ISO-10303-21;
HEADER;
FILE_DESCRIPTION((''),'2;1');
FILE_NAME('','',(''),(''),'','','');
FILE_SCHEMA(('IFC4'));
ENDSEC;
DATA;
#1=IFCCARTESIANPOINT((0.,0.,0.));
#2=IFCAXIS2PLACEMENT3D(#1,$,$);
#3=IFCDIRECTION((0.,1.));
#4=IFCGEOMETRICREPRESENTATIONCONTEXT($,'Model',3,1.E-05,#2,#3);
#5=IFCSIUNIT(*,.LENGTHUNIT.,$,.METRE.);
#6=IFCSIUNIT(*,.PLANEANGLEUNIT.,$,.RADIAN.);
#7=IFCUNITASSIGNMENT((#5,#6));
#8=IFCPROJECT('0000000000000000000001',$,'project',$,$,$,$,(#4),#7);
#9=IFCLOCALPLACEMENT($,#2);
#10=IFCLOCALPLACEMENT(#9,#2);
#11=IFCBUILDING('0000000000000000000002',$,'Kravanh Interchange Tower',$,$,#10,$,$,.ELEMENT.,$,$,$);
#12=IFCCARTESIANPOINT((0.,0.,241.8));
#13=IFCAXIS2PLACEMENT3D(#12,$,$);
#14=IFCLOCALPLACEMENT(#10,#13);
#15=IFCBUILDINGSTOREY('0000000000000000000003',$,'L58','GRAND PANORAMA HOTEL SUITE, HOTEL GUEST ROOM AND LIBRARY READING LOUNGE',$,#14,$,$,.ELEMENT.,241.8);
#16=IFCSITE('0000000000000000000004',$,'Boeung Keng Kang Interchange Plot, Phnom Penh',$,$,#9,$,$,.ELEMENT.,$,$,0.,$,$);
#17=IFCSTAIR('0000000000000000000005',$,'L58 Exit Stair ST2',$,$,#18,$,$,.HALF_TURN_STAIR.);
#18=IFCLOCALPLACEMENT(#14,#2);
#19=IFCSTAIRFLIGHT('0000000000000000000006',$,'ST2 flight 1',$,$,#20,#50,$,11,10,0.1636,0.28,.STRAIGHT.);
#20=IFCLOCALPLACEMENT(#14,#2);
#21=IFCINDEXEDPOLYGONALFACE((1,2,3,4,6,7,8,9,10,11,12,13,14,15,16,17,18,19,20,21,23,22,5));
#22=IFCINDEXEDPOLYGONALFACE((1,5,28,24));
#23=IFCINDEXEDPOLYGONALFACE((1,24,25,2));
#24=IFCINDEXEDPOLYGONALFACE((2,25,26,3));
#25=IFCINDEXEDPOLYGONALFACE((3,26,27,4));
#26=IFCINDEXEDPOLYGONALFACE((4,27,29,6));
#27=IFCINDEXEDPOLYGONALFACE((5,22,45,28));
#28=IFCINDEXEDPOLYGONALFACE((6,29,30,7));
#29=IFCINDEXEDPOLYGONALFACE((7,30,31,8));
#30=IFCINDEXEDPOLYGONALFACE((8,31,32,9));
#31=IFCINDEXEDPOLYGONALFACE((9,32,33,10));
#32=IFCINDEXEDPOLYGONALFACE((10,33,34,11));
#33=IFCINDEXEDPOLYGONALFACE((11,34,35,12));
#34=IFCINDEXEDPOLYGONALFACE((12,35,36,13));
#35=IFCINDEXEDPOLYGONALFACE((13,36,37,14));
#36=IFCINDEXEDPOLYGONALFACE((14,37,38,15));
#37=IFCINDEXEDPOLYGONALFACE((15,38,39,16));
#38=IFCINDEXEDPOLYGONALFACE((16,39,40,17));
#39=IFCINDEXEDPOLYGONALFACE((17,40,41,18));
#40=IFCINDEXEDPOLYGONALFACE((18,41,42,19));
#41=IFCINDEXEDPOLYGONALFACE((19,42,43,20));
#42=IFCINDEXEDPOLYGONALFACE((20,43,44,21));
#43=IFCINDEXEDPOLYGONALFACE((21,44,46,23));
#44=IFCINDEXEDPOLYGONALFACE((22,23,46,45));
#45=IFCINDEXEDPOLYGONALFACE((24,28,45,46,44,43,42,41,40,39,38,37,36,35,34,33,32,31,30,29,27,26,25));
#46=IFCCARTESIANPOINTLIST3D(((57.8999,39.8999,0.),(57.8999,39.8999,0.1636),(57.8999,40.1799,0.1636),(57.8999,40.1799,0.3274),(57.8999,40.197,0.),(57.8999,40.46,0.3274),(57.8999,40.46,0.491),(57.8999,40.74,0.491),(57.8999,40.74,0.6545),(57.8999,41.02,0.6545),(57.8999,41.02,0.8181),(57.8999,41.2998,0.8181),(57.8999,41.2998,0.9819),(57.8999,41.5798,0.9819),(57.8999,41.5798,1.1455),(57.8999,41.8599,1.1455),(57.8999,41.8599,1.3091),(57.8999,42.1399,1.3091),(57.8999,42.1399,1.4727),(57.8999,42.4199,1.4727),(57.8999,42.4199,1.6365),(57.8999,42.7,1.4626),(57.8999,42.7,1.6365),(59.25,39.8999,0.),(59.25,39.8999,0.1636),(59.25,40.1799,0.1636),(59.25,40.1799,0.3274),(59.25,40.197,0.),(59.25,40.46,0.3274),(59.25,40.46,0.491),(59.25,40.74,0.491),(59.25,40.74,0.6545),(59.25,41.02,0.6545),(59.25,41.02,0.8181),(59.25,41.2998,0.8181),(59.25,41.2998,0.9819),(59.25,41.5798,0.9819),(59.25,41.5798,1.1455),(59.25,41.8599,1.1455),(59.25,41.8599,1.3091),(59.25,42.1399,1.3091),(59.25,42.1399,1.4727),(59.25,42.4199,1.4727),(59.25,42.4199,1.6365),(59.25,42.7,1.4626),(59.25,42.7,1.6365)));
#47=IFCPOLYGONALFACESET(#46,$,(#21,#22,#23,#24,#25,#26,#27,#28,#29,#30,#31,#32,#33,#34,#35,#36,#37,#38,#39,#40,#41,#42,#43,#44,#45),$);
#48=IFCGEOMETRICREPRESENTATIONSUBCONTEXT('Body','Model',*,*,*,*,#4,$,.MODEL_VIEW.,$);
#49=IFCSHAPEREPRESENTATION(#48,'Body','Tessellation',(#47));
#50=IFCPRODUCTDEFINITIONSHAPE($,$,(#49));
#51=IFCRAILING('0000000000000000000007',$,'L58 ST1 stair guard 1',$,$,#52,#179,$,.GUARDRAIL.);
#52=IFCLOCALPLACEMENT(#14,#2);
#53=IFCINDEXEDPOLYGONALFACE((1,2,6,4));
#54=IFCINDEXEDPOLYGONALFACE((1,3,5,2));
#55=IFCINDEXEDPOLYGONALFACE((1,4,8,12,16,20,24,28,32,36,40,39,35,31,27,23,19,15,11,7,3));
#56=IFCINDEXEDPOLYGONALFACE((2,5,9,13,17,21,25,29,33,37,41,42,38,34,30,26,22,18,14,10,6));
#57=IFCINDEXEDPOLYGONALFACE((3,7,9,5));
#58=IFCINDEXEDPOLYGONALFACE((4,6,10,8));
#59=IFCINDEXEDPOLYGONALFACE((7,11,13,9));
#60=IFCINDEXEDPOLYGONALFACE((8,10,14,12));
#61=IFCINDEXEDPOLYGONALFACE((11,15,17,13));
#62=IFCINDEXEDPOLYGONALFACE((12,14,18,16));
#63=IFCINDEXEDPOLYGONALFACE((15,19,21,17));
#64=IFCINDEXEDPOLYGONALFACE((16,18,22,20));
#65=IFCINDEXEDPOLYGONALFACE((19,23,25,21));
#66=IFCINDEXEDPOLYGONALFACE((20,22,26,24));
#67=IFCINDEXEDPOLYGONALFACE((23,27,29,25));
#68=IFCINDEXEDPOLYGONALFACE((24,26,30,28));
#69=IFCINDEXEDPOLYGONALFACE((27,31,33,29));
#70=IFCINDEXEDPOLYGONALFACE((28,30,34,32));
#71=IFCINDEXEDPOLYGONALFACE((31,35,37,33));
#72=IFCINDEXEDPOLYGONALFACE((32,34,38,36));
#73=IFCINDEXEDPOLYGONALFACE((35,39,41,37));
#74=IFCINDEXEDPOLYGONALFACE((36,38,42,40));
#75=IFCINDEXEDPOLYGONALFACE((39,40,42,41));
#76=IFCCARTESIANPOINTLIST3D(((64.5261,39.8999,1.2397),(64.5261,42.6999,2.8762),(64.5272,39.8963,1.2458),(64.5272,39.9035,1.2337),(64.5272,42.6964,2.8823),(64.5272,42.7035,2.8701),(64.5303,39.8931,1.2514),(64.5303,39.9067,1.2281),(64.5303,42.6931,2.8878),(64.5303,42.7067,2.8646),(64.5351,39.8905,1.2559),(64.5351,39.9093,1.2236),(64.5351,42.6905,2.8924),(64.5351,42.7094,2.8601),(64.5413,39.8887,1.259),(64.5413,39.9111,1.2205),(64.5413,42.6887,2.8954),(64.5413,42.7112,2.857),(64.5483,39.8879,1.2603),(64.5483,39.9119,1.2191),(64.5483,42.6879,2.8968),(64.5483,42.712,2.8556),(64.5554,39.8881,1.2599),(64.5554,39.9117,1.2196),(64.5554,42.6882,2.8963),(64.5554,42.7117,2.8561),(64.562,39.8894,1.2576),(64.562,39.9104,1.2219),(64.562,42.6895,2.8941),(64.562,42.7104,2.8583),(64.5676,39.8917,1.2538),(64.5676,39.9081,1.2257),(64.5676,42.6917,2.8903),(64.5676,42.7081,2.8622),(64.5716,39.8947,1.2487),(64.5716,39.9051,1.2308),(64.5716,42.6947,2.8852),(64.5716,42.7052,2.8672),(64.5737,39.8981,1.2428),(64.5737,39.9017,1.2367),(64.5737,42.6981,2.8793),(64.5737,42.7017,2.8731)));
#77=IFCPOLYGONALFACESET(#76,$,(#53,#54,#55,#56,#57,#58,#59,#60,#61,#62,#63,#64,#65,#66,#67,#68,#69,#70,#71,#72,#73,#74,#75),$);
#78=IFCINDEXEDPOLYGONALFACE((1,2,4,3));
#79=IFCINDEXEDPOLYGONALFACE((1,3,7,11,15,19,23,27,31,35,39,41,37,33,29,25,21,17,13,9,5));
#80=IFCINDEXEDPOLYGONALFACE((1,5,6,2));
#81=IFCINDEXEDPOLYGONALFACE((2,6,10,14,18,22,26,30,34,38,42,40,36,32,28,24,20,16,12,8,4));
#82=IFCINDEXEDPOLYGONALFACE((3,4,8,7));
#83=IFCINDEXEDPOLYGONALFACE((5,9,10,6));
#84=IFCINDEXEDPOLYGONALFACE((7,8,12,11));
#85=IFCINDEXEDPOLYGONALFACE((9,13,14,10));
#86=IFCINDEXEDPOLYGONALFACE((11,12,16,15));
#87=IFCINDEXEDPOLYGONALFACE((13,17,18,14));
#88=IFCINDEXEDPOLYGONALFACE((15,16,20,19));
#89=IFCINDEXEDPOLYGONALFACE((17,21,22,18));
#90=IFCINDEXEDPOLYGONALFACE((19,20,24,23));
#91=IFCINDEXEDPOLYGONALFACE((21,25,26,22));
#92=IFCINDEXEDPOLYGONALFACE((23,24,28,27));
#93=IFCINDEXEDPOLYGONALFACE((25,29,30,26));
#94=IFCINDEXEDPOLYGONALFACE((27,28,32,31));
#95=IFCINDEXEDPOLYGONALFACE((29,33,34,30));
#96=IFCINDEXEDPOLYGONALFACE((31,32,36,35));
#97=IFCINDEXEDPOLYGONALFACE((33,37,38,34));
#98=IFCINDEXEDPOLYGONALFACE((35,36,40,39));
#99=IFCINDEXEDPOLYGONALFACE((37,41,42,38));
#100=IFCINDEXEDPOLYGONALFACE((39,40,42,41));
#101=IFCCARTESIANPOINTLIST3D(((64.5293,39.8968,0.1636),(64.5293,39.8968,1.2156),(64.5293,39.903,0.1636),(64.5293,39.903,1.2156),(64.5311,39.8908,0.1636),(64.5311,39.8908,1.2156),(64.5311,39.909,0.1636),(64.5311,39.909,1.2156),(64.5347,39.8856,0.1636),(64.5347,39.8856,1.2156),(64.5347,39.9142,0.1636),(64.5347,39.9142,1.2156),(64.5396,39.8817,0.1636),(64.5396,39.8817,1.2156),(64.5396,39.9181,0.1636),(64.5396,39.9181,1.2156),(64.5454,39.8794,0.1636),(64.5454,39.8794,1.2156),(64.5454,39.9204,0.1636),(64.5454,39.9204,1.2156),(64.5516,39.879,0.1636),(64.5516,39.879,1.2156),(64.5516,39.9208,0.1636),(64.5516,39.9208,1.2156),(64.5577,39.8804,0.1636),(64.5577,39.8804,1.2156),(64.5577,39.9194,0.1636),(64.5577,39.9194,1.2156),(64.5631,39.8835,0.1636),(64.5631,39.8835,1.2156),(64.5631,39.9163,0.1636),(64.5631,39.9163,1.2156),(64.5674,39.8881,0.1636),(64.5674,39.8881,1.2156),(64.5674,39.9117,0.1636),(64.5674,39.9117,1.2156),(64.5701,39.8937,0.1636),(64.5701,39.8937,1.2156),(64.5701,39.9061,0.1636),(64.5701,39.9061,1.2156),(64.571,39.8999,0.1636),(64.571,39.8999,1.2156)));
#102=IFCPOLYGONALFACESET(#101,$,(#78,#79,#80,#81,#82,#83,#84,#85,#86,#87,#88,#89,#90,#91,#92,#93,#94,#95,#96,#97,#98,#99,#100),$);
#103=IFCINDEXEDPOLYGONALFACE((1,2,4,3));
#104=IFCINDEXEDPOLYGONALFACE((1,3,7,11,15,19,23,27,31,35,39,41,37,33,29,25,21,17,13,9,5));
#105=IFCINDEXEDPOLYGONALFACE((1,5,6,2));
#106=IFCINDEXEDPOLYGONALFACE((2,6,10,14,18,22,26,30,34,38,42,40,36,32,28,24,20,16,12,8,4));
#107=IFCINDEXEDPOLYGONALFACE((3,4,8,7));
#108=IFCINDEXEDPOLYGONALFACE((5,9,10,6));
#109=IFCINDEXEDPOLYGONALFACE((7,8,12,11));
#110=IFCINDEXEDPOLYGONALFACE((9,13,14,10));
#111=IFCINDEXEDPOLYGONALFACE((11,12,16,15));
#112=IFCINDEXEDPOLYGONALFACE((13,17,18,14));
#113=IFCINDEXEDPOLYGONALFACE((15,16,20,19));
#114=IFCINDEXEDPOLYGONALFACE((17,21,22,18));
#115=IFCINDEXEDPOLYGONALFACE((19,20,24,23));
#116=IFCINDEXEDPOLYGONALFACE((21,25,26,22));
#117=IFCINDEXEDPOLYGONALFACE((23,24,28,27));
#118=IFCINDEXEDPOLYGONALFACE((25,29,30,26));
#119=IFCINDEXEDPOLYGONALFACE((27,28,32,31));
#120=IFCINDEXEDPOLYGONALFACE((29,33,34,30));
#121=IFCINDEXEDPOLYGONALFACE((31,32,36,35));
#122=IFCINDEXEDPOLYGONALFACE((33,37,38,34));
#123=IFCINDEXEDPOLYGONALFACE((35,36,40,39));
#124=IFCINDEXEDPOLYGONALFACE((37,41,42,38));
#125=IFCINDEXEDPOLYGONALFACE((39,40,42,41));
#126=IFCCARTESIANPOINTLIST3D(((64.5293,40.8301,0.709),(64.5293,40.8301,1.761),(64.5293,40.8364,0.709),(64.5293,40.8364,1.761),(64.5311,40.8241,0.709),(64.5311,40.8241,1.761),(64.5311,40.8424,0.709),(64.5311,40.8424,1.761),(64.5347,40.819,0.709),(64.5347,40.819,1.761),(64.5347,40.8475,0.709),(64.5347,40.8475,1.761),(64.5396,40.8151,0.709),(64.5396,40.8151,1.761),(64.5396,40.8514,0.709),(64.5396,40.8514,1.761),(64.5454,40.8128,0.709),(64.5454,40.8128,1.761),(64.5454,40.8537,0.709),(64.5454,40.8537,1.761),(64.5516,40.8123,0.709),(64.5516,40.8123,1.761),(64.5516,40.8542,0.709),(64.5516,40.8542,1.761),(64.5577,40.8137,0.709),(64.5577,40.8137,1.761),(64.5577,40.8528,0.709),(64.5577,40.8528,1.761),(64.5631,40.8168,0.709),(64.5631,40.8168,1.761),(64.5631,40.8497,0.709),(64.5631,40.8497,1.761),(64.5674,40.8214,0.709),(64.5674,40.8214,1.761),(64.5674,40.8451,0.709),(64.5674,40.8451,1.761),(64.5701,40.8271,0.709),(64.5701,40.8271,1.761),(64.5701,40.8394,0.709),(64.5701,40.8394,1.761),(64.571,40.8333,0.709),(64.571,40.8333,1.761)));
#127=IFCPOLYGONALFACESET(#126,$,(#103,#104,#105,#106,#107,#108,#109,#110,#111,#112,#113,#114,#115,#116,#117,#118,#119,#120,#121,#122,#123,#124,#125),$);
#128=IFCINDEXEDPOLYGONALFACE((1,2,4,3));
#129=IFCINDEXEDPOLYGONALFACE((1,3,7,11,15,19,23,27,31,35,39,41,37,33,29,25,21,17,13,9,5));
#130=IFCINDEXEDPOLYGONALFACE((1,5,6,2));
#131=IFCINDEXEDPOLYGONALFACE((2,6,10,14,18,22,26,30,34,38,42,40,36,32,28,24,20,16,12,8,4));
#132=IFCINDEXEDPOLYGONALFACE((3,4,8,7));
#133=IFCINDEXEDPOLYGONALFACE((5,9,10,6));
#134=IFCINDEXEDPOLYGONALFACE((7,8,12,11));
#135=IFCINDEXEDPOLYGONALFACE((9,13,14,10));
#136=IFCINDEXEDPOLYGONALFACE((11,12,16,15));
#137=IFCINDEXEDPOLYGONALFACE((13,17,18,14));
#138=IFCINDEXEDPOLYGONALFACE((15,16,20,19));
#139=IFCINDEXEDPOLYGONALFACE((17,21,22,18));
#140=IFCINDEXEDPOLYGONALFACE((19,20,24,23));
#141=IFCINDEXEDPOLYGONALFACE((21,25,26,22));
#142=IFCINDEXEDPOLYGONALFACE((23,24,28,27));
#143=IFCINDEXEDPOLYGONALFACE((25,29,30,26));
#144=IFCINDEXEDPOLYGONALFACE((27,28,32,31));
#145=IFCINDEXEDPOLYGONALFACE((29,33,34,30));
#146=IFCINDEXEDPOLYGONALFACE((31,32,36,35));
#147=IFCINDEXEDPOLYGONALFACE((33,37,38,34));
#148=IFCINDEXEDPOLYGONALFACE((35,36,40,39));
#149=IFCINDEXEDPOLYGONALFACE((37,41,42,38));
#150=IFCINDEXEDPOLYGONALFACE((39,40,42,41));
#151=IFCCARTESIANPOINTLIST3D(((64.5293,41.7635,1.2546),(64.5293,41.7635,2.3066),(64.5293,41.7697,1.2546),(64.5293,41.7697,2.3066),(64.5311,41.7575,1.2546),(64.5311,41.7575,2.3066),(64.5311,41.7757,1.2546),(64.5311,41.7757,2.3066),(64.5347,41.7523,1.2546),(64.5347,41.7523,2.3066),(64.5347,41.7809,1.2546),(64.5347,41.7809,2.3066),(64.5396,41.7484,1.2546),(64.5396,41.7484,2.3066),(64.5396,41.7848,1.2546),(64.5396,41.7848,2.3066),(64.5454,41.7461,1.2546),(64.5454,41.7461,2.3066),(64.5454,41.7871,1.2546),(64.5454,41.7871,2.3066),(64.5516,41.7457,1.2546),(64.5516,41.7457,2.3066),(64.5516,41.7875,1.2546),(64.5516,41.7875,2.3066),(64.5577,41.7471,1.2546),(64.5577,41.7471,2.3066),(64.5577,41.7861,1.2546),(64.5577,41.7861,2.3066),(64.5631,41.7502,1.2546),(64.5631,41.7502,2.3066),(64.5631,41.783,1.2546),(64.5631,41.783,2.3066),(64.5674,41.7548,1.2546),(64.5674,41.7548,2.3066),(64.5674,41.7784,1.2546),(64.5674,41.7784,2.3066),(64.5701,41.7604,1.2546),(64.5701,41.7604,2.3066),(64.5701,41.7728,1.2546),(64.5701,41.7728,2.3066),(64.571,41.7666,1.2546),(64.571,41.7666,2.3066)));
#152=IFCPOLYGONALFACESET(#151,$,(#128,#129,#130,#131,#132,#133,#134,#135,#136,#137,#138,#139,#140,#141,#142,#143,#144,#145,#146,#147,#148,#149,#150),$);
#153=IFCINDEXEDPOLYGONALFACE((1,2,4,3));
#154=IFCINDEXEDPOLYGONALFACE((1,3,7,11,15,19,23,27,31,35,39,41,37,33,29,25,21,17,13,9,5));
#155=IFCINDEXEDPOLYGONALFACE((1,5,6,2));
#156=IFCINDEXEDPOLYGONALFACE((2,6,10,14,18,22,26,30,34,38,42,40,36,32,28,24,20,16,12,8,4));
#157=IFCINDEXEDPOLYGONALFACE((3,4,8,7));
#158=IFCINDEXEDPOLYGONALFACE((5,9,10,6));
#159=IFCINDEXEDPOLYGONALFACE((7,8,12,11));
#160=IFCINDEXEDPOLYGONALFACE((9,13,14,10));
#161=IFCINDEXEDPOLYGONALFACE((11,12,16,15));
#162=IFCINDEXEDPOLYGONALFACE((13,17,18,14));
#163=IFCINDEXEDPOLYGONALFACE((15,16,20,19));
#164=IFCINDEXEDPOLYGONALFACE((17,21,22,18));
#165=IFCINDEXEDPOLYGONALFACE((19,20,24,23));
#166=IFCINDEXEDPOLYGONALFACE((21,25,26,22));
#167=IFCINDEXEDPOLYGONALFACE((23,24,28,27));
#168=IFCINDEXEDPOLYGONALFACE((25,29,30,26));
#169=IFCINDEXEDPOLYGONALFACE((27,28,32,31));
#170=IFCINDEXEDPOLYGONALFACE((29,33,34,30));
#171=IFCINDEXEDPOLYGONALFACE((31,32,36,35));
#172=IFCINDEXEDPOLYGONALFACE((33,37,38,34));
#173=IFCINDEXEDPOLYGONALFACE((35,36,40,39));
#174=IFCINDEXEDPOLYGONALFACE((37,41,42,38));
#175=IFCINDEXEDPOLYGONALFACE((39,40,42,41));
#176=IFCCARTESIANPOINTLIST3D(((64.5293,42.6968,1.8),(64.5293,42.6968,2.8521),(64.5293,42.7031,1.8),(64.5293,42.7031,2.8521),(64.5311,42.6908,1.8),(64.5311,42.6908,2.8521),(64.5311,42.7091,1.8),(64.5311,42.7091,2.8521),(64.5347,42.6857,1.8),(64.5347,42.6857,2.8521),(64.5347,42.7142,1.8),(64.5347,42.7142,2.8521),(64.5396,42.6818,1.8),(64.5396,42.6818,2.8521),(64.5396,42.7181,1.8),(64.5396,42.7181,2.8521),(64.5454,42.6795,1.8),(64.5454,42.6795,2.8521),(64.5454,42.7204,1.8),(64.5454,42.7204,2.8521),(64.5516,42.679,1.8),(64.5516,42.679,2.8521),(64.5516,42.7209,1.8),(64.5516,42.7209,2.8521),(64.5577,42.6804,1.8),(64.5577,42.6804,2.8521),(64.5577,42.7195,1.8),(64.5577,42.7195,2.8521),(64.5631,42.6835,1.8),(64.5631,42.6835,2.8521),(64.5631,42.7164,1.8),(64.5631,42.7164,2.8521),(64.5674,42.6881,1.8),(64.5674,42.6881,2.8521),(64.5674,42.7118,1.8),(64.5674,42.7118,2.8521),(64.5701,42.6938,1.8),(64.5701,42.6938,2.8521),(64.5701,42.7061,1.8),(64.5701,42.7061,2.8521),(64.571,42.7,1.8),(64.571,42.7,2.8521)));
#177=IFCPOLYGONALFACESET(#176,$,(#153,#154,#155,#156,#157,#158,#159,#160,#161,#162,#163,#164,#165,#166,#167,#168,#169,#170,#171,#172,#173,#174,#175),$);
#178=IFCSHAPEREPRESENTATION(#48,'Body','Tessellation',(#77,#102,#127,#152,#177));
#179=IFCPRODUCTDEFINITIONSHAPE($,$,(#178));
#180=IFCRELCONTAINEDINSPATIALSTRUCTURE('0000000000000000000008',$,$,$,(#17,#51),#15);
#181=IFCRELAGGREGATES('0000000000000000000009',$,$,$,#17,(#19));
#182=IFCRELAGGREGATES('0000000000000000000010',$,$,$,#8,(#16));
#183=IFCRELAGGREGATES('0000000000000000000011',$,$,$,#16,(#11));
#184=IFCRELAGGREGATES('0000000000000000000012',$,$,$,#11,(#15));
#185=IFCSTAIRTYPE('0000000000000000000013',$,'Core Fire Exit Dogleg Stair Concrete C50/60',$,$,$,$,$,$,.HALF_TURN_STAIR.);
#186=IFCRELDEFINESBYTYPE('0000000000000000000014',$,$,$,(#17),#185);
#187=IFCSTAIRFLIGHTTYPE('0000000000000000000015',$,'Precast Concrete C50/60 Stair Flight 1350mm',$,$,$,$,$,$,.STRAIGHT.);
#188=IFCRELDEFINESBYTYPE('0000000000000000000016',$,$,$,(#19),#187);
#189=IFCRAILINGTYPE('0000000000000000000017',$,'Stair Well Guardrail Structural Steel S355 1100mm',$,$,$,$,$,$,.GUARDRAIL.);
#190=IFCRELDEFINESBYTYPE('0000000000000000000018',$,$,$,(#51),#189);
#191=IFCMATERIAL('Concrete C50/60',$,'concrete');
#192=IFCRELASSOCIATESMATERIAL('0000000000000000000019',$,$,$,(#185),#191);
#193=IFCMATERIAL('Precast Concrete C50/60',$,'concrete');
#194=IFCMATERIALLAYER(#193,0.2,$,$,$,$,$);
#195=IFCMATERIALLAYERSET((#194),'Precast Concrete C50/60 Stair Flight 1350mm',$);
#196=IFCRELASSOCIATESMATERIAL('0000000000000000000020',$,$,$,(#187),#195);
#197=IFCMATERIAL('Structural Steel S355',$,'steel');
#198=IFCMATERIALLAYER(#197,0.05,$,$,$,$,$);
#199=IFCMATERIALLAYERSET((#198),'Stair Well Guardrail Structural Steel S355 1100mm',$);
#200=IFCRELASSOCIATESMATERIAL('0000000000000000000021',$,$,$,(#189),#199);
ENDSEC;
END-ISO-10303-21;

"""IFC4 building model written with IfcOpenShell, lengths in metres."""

from ifc_helpers import new_model, si_unit, direction, frame, origin, origin_2d, place, context, subcontext, project, spatial, polyline, circle, outline, extrude, material, layer, layer_set, type_object, element, aggregate, save


model = new_model("IFC4")

# Units and contexts
model_context = context("Model", 3, precision=1e-05, world=origin(), true_north=direction((0.0, 1.0)))
body_context = subcontext(model_context, "Body", "Model", "MODEL_VIEW")
ifc_project = project(units=[si_unit("LENGTHUNIT", "METRE"), si_unit("PLANEANGLEUNIT", "RADIAN")], contexts=[model_context])

# Site, building, storey
site_placement = place(None, origin())
site = spatial("IfcSite", under=ifc_project, at=site_placement, Name="Boeung Keng Kang Interchange Plot, Phnom Penh", CompositionType="ELEMENT", RefElevation=0.0)
building_placement = place(site_placement, origin())
building = spatial("IfcBuilding", under=site, at=building_placement, Name="Kravanh Interchange Tower", CompositionType="ELEMENT")
storey_placement = place(building_placement, frame((0.0, 0.0, 241.8)))
storey = spatial("IfcBuildingStorey", under=building, at=storey_placement, Name="L58", Description="GRAND PANORAMA HOTEL SUITE, HOTEL GUEST ROOM AND LIBRARY READING LOUNGE", CompositionType="ELEMENT", Elevation=241.8)

# Shared definitions
ifc_material_1 = material(Name="Concrete C50/60", Category="concrete")
stair_type = type_object("IfcStairType", Name="Core Fire Exit Dogleg Stair Concrete C50/60", PredefinedType="HALF_TURN_STAIR", material=ifc_material_1)
ifc_material_2 = material(Name="Precast Concrete C50/60", Category="concrete")
ifc_layer_1 = layer(ifc_material_2, 0.2)
ifc_layer_set_1 = layer_set([ifc_layer_1], Name="Precast Concrete C50/60 Stair Flight 1350mm")
stair_flight_type = type_object("IfcStairFlightType", Name="Precast Concrete C50/60 Stair Flight 1350mm", PredefinedType="STRAIGHT", material=ifc_layer_set_1)

# Stair, stair flight
stair_1_placement = place(storey_placement, origin())
stair_1 = element("IfcStair", 1, at=stair_1_placement, inside=storey, type_object=stair_type, Name="L58 Exit Stair ST2", PredefinedType="HALF_TURN_STAIR")
stair_flight_1_placement = place(storey_placement, frame((58.575, 39.8999, 0.0), z_axis=(0.0, 0.0, 1.0), x_axis=(0.0, 1.0, 0.0)))
stair_flight_1 = element("IfcStairFlight", 2, at=stair_flight_1_placement, type_object=stair_flight_type, Name="ST2 flight 1", NumberOfRisers=11, NumberOfTreads=10, PredefinedType="STRAIGHT", RiserHeight=0.1636, TreadLength=0.28, context=body_context, shape_type="SweptSolid", body=[
    extrude(outline(polyline([(0.0, 0.0), (0.0, 0.1636), (0.28, 0.1636), (0.28, 0.3274), (0.5601, 0.3274), (0.5601, 0.491), (0.8401, 0.491), (0.8401, 0.6545), (1.1201, 0.6545), (1.1201, 0.8181), (1.3999, 0.8181), (1.3999, 0.9819), (1.6799, 0.9819), (1.6799, 1.1455), (1.96, 1.1455), (1.96, 1.3091), (2.24, 1.3091), (2.24, 1.4727), (2.52, 1.4727), (2.52, 1.6365), (2.8, 1.6365), (2.8, 1.8), (2.8, 1.4626), (0.2971, 0.0), (0.0, 0.0)])), frame((0.0, 0.675, 0.0), z_axis=(0.0, -1.0, 0.0), x_axis=(1.0, 0.0, 0.0)), (0.0, 0.0, 1.0), 1.3501),
])
aggregate(stair_1, [stair_flight_1])

# Railing
ifc_material_3 = material(Name="Structural Steel S355", Category="steel")
ifc_layer_2 = layer(ifc_material_3, 0.05)
ifc_layer_set_2 = layer_set([ifc_layer_2], Name="Stair Well Guardrail Structural Steel S355 1100mm")
railing_type_1 = type_object("IfcRailingType", Name="Stair Well Guardrail Structural Steel S355 1100mm", PredefinedType="GUARDRAIL", material=ifc_layer_set_2)
railing_1_placement = place(storey_placement, frame((64.55, 39.8999, 0.1636)))
element("IfcRailing", 3, at=railing_1_placement, inside=storey, type_object=railing_type_1, Name="L58 ST1 stair guard 1", PredefinedType="GUARDRAIL", context=body_context, shape_type="SweptSolid", body=[
    extrude(circle(Radius=0.0239, at=origin_2d()), frame((0.0, 0.0, 1.0762), z_axis=(0.0, 0.863361, 0.504587), x_axis=(-1.0, 0.0, 0.0)), (0.0, 0.0, 1.0), 3.2432),
    extrude(circle(Radius=0.021, at=origin_2d()), origin(), (0.0, 0.0, 1.0), 1.052),
    extrude(circle(Radius=0.021, at=origin_2d()), frame((0.0, 0.9333, 0.5454)), (0.0, 0.0, 1.0), 1.052),
    extrude(circle(Radius=0.021, at=origin_2d()), frame((0.0, 1.8667, 1.0911)), (0.0, 0.0, 1.0), 1.052),
    extrude(circle(Radius=0.021, at=origin_2d()), frame((0.0, 2.8, 1.6365)), (0.0, 0.0, 1.0), 1.052),
])

save(model, "model.ifc")
